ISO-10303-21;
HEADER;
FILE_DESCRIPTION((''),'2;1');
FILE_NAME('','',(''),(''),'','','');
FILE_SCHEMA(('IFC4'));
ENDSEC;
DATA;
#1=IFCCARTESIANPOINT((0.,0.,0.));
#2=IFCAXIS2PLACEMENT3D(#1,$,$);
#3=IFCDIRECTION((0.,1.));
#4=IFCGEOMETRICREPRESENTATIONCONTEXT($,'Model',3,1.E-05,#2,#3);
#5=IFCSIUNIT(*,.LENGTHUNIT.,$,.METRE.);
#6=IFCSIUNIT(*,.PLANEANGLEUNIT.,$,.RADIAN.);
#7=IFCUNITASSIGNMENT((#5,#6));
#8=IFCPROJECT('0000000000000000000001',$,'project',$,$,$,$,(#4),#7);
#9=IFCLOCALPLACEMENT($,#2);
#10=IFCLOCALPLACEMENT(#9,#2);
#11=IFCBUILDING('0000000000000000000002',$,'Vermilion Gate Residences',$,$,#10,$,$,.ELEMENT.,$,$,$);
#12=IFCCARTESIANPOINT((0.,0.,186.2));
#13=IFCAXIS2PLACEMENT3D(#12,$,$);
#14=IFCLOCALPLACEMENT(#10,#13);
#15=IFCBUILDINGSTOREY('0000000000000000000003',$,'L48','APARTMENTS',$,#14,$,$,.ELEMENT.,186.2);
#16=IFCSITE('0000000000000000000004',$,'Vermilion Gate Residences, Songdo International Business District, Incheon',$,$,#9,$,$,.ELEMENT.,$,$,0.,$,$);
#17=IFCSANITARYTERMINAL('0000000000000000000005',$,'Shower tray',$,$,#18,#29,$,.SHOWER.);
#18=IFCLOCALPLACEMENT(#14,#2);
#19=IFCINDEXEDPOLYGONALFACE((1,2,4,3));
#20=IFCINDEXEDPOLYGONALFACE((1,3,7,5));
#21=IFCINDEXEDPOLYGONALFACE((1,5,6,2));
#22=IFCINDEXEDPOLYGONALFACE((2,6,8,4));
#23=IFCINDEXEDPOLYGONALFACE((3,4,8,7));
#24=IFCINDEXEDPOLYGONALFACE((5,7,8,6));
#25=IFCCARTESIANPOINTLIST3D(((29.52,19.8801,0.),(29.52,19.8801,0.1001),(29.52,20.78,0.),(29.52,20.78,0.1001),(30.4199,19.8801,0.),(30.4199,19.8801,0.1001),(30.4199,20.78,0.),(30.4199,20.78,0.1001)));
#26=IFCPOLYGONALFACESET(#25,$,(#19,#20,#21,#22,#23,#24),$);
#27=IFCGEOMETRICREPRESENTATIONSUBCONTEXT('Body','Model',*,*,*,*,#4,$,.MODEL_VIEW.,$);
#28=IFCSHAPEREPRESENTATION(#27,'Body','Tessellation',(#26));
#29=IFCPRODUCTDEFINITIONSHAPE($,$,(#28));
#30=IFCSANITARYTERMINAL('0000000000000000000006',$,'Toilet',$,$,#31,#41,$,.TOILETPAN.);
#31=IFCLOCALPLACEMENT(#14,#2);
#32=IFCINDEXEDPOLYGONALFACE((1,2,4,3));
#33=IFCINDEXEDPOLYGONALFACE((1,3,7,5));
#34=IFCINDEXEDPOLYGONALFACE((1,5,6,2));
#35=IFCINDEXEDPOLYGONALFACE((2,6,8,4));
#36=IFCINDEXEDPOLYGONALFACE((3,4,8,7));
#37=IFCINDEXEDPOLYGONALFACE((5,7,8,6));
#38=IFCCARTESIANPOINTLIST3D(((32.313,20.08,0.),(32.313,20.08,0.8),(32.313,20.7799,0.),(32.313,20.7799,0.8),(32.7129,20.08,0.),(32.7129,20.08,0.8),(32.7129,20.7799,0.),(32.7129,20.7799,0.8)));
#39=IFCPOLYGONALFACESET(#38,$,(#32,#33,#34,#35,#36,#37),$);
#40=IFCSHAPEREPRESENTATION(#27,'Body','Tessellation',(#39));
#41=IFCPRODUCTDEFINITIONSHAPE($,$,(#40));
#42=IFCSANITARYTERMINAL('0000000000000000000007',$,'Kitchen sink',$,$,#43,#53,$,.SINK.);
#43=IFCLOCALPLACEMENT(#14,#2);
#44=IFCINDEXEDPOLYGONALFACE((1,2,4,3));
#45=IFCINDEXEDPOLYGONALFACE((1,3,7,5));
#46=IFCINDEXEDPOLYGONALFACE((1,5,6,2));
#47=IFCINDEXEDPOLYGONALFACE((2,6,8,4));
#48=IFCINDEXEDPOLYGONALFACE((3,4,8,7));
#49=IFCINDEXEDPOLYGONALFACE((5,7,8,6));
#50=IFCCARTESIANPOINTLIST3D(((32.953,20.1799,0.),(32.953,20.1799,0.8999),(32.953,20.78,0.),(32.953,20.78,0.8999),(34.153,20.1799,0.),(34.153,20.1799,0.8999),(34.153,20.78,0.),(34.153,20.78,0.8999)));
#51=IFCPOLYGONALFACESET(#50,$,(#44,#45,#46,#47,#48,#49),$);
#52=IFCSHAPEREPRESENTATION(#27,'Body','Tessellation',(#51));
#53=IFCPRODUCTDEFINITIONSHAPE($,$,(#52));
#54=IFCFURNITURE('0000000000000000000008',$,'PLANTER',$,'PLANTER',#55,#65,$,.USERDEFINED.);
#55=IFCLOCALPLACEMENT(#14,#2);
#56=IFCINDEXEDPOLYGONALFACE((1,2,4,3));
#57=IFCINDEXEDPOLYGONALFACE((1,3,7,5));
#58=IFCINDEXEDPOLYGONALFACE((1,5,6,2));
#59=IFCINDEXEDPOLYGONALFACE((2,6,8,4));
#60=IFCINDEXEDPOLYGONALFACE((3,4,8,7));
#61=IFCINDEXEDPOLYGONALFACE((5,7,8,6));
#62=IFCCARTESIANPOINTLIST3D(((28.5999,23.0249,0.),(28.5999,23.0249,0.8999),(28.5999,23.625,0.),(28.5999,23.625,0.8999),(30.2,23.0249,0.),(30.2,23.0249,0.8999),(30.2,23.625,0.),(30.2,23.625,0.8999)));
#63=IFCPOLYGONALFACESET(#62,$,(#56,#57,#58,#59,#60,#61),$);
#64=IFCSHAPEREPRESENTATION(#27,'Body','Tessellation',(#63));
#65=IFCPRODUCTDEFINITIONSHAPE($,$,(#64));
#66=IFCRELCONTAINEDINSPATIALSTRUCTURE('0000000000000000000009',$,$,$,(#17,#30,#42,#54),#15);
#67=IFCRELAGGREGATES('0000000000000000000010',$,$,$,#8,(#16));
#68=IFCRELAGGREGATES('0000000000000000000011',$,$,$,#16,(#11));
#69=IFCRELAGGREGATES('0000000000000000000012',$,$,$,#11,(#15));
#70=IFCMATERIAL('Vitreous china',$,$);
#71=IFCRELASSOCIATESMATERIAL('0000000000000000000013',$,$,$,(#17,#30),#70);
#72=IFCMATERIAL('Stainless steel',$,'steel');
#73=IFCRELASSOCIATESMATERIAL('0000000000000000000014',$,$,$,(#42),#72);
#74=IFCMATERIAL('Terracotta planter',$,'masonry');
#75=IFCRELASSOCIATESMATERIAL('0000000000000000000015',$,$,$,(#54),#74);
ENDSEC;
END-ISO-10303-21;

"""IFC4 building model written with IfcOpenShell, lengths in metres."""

from ifc_helpers import new_model, si_unit, direction, frame, origin, origin_2d, place, context, subcontext, project, spatial, rectangle, extrude, material, element, save


model = new_model("IFC4")

# Units and contexts
model_context = context("Model", 3, precision=1e-05, world=origin(), true_north=direction((0.0, 1.0)))
body_context = subcontext(model_context, "Body", "Model", "MODEL_VIEW")
ifc_project = project(units=[si_unit("LENGTHUNIT", "METRE"), si_unit("PLANEANGLEUNIT", "RADIAN")], contexts=[model_context])

# Site, building, storey
site_placement = place(None, origin())
site = spatial("IfcSite", under=ifc_project, at=site_placement, Name="Vermilion Gate Residences, Songdo International Business District, Incheon", CompositionType="ELEMENT", RefElevation=0.0)
building_placement = place(site_placement, origin())
building = spatial("IfcBuilding", under=site, at=building_placement, Name="Vermilion Gate Residences", CompositionType="ELEMENT")
storey_placement = place(building_placement, frame((0.0, 0.0, 186.2)))
storey = spatial("IfcBuildingStorey", under=building, at=storey_placement, Name="L48", Description="APARTMENTS", CompositionType="ELEMENT", Elevation=186.2)

# Sanitary terminals
ifc_material_1 = material(Name="Vitreous china")
ifc_material_2 = material(Name="Stainless steel", Category="steel")
sanitary_terminal_1_placement = place(storey_placement, frame((29.97, 20.3301, 0.0), z_axis=(0.0, 0.0, 1.0), x_axis=(1.0, 0.0, 0.0)))
element("IfcSanitaryTerminal", 1, at=sanitary_terminal_1_placement, inside=storey, material=ifc_material_1, Name="Shower tray", PredefinedType="SHOWER", context=body_context, shape_type="SweptSolid", body=[
    extrude(rectangle(XDim=0.8999, YDim=0.8999, at=origin_2d()), origin(), (0.0, 0.0, 1.0), 0.1001),
])
sanitary_terminal_2_placement = place(storey_placement, frame((32.5129, 20.4299, 0.0), z_axis=(0.0, 0.0, 1.0), x_axis=(1.0, 0.0, 0.0)))
element("IfcSanitaryTerminal", 2, at=sanitary_terminal_2_placement, inside=storey, material=ifc_material_1, Name="Toilet", PredefinedType="TOILETPAN", context=body_context, shape_type="SweptSolid", body=[
    extrude(rectangle(XDim=0.3999, YDim=0.7, at=origin_2d()), origin(), (0.0, 0.0, 1.0), 0.8),
])
sanitary_terminal_3_placement = place(storey_placement, frame((33.553, 20.48, 0.0), z_axis=(0.0, 0.0, 1.0), x_axis=(1.0, 0.0, 0.0)))
element("IfcSanitaryTerminal", 3, at=sanitary_terminal_3_placement, inside=storey, material=ifc_material_2, Name="Kitchen sink", PredefinedType="SINK", context=body_context, shape_type="SweptSolid", body=[
    extrude(rectangle(XDim=1.2, YDim=0.6001, at=origin_2d()), origin(), (0.0, 0.0, 1.0), 0.8999),
])

# Furniture
ifc_material_3 = material(Name="Terracotta planter", Category="masonry")
furniture_placement = place(storey_placement, frame((29.3999, 23.325, 0.0), z_axis=(0.0, 0.0, 1.0), x_axis=(-1.0, 0.0, 0.0)))
element("IfcFurniture", 4, at=furniture_placement, inside=storey, material=ifc_material_3, Name="PLANTER", ObjectType="PLANTER", PredefinedType="USERDEFINED", context=body_context, shape_type="SweptSolid", body=[
    extrude(rectangle(XDim=1.6001, YDim=0.6001, at=origin_2d()), origin(), (0.0, 0.0, 1.0), 0.8999),
])

save(model, "model.ifc")
